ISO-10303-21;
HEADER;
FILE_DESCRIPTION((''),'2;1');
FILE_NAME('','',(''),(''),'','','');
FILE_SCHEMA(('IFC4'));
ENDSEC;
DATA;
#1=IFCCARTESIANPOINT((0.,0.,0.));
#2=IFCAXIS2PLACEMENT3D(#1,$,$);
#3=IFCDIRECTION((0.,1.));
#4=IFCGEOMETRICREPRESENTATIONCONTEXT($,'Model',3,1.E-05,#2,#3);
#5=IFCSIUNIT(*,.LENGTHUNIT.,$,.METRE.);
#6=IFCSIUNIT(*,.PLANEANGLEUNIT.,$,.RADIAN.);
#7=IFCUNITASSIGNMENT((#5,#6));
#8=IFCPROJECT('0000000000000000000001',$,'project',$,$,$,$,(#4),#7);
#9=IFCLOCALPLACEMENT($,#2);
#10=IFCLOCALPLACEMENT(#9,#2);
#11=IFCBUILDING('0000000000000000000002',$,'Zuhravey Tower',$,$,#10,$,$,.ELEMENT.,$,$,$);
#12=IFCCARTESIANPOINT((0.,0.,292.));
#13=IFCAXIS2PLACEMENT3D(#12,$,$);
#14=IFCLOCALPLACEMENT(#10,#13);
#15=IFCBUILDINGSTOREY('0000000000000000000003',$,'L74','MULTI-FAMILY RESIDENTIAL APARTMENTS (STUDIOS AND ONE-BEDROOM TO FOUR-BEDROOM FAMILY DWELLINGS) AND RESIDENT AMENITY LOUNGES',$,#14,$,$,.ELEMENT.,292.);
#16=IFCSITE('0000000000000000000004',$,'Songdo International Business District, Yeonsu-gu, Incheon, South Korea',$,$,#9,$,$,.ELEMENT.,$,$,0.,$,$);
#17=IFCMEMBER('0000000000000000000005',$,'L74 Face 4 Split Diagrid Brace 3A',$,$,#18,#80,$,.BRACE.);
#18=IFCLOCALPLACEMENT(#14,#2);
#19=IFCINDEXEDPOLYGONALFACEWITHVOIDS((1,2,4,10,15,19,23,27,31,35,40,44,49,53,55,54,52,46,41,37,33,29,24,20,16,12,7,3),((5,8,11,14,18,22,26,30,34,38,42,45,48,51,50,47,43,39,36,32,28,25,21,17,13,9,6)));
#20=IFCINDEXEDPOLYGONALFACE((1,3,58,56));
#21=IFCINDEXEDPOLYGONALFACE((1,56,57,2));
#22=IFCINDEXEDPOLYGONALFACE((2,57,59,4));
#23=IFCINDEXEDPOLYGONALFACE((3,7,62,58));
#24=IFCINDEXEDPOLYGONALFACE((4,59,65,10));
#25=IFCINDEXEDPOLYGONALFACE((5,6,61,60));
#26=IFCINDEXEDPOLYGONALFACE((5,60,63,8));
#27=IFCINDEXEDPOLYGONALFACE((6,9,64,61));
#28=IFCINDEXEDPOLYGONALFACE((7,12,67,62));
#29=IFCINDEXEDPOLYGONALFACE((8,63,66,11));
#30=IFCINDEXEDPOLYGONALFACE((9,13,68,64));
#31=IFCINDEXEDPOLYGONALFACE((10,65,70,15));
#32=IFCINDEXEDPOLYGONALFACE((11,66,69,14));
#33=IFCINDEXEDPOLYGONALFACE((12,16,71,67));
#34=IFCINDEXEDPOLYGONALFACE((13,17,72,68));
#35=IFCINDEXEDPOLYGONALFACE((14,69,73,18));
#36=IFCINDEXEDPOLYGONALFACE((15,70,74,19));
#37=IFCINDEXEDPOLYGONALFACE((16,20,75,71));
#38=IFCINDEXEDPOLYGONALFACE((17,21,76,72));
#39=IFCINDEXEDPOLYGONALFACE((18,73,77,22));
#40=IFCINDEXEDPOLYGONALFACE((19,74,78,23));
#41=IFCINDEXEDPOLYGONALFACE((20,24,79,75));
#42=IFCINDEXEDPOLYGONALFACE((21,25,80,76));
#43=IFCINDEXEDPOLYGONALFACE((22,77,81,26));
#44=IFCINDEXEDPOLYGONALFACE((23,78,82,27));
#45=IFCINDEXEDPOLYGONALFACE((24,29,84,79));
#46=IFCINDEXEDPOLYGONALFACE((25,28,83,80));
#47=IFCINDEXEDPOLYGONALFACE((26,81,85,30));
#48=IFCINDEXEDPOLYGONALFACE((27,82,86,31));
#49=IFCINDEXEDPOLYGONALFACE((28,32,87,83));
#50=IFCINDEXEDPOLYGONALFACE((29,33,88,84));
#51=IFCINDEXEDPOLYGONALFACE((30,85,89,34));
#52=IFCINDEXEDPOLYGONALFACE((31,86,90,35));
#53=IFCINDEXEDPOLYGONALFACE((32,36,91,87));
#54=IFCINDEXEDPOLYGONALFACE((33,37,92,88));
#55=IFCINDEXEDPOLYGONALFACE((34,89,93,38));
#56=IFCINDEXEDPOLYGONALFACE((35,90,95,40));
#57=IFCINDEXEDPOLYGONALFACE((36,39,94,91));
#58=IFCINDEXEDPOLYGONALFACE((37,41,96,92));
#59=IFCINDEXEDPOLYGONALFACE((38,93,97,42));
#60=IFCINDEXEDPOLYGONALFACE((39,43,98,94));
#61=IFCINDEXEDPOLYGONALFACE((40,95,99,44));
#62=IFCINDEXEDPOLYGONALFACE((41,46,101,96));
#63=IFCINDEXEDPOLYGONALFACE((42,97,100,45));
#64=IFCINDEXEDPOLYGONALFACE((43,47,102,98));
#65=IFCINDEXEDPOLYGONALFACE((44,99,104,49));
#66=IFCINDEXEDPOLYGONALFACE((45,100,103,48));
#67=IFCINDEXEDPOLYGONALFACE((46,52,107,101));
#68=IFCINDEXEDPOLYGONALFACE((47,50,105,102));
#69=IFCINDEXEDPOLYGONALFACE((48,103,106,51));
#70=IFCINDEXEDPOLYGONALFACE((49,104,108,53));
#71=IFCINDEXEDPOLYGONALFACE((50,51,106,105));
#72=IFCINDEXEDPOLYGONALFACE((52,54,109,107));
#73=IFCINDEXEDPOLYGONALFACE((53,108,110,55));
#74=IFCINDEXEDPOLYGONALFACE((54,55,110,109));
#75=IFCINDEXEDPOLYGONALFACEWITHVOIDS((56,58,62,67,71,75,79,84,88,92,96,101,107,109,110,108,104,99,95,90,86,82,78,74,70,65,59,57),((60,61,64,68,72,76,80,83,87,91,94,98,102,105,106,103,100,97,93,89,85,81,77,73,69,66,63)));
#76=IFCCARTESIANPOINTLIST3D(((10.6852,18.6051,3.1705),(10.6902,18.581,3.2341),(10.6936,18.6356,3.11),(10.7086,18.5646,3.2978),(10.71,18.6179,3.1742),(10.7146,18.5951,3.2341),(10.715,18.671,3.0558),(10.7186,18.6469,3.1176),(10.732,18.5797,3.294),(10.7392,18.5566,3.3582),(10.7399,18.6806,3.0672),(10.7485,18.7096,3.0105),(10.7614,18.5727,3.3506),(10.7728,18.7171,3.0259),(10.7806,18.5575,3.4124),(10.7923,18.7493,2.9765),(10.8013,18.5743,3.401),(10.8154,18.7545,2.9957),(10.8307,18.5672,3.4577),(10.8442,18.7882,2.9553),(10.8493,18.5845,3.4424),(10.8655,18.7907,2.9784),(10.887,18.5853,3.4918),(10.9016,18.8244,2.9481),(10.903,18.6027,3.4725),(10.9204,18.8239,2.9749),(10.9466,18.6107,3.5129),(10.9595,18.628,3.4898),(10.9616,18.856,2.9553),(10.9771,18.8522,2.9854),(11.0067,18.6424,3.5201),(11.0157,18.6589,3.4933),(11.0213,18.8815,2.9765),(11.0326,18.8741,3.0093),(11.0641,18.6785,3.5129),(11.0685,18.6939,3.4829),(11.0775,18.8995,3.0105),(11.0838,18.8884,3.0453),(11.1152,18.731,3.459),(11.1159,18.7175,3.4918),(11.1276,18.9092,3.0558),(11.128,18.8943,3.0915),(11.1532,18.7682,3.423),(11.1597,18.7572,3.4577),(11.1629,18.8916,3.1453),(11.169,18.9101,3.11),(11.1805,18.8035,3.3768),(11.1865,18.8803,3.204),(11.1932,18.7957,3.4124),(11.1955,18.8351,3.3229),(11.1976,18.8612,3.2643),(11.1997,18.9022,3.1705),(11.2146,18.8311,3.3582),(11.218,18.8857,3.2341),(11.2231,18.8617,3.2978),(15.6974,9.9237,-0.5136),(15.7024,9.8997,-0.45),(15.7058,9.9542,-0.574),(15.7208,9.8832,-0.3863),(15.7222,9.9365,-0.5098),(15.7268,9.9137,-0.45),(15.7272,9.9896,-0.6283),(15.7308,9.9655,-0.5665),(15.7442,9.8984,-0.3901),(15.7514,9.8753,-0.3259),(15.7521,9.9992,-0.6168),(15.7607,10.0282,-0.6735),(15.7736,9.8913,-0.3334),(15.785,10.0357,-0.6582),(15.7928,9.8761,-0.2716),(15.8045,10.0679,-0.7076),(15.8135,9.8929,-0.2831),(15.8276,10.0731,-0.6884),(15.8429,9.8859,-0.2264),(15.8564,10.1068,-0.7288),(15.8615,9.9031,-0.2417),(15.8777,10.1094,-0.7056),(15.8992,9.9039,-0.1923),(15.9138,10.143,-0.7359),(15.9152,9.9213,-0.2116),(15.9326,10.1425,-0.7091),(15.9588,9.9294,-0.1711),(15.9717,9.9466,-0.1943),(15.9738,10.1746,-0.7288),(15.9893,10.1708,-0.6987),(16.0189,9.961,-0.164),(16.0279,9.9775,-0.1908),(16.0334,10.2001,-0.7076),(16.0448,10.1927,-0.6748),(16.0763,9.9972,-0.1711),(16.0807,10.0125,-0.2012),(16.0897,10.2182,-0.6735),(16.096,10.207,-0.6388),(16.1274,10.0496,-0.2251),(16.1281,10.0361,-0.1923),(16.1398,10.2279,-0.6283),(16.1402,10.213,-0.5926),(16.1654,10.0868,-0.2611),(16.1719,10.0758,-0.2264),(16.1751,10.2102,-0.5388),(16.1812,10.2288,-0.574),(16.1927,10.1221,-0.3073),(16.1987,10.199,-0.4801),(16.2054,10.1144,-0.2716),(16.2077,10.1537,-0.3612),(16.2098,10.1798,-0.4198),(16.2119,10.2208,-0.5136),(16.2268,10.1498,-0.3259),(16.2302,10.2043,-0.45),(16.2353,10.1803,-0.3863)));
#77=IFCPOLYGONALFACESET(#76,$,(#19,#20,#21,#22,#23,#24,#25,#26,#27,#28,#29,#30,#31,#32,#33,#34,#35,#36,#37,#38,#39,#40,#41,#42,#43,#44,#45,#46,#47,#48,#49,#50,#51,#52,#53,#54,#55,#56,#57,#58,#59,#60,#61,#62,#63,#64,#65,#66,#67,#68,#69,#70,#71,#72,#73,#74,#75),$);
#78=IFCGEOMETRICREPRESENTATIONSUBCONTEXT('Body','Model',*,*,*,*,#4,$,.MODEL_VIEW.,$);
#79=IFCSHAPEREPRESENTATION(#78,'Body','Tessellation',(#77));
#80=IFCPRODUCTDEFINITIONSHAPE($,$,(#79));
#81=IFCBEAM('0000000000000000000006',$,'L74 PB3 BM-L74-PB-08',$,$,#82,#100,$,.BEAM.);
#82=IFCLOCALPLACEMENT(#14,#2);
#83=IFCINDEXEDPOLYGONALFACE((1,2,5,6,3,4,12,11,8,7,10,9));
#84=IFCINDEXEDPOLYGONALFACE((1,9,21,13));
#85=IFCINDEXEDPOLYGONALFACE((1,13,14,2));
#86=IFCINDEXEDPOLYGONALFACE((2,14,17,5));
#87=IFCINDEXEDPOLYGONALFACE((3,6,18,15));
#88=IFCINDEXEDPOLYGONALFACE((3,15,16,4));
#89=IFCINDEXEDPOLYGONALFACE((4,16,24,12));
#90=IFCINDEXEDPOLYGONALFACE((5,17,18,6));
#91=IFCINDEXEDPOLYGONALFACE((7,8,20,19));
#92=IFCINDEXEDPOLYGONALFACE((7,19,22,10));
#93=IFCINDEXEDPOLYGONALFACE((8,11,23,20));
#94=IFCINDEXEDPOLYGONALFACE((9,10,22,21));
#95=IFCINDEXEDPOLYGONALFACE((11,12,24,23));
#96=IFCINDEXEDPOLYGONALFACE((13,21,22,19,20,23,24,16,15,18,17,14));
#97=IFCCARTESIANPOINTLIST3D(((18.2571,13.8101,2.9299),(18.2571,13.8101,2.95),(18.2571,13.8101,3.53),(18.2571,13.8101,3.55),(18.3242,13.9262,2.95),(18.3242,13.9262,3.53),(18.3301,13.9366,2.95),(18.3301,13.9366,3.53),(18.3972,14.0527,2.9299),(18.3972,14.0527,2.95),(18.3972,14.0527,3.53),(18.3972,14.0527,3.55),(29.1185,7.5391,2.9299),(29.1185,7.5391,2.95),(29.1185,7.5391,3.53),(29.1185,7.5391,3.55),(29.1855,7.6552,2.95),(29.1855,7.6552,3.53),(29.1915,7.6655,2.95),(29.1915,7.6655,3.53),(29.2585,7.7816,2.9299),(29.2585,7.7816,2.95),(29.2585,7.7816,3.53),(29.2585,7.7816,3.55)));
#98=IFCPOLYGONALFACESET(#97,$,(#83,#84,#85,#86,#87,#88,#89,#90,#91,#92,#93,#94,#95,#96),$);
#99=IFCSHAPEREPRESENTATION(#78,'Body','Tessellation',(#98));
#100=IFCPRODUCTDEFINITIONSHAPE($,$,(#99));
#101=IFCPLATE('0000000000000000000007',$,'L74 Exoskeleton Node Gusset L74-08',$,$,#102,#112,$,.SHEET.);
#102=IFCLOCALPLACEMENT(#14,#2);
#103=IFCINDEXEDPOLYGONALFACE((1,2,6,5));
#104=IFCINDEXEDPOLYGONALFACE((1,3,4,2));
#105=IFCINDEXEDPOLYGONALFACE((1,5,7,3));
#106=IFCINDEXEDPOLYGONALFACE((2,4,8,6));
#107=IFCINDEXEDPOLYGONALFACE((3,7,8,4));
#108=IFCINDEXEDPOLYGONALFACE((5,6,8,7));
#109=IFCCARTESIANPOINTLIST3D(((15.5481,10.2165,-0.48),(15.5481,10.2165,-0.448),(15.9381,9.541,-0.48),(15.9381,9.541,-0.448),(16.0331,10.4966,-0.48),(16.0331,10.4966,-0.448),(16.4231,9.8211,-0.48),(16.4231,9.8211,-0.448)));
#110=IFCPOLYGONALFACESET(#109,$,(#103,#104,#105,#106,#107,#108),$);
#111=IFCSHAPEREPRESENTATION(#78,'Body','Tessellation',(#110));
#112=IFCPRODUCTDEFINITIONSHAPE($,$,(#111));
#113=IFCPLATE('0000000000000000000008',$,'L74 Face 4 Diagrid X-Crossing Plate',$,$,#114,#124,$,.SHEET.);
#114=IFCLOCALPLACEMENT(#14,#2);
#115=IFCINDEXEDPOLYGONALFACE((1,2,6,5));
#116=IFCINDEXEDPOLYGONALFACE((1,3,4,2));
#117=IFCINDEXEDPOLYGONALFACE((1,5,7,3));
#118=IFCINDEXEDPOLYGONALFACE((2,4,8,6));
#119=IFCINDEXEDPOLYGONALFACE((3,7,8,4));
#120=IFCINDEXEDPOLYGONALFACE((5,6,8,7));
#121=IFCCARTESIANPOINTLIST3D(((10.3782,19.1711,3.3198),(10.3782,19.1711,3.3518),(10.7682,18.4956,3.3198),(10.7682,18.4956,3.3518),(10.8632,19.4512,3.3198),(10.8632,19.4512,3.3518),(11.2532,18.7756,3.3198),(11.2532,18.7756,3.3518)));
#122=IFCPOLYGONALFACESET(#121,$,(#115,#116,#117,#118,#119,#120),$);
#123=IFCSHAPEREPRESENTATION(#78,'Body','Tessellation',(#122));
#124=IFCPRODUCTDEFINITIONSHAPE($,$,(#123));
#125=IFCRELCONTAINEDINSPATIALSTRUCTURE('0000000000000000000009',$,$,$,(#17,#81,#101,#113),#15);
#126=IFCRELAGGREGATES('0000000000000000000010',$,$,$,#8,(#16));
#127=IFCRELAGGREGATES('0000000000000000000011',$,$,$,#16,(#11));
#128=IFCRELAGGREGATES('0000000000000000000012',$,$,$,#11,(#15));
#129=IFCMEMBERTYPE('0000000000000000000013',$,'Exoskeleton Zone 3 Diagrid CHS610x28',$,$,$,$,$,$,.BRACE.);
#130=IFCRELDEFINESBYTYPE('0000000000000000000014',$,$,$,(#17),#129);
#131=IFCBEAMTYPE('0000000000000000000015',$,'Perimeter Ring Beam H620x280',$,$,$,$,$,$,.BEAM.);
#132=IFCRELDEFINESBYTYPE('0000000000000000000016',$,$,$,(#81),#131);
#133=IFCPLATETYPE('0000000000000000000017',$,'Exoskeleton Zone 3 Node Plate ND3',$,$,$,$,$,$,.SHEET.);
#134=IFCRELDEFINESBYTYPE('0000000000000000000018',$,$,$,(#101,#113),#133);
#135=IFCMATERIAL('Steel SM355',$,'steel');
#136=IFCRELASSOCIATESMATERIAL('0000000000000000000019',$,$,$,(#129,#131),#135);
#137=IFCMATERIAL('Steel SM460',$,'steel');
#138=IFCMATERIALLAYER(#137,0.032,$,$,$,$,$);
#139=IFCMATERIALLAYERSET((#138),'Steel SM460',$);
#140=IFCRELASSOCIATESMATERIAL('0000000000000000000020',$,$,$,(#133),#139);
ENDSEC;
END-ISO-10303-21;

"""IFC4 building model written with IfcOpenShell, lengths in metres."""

from ifc_helpers import new_model, si_unit, direction, frame, origin, origin_2d, place, context, subcontext, project, spatial, rectangle, hollow_circle, i_section, extrude, material, layer, layer_set, material_profile, profile_set, type_object, element, save


model = new_model("IFC4")

# Units and contexts
model_context = context("Model", 3, precision=1e-05, world=origin(), true_north=direction((0.0, 1.0)))
body_context = subcontext(model_context, "Body", "Model", "MODEL_VIEW")
ifc_project = project(units=[si_unit("LENGTHUNIT", "METRE"), si_unit("PLANEANGLEUNIT", "RADIAN")], contexts=[model_context])

# Site, building, storey
site_placement = place(None, origin())
site = spatial("IfcSite", under=ifc_project, at=site_placement, Name="Songdo International Business District, Yeonsu-gu, Incheon, South Korea", CompositionType="ELEMENT", RefElevation=0.0)
building_placement = place(site_placement, origin())
building = spatial("IfcBuilding", under=site, at=building_placement, Name="Zuhravey Tower", CompositionType="ELEMENT")
storey_placement = place(building_placement, frame((0.0, 0.0, 292.0)))
storey = spatial("IfcBuildingStorey", under=building, at=storey_placement, Name="L74", Description="MULTI-FAMILY RESIDENTIAL APARTMENTS (STUDIOS AND ONE-BEDROOM TO FOUR-BEDROOM FAMILY DWELLINGS) AND RESIDENT AMENITY LOUNGES", CompositionType="ELEMENT", Elevation=292.0)

# Member
ifc_material_1 = material(Name="Steel SM355", Category="steel")
ifc_material_profile_1 = material_profile(ifc_material_1, hollow_circle(Radius=0.3047, WallThickness=0.0281, at=origin_2d()), Name="CHS-609.6x28")
ifc_profile_set_1 = profile_set([ifc_material_profile_1], Name="Steel SM355")
member_type_1 = type_object("IfcMemberType", Name="Exoskeleton Zone 3 Diagrid CHS610x28", PredefinedType="BRACE", material=ifc_profile_set_1)
member_1_placement = place(storey_placement, frame((15.9663, 10.052, -0.45), z_axis=(-0.46931, 0.812869, 0.344953), x_axis=(-0.866025, -0.5, 0.0)))
element("IfcMember", 1, at=member_1_placement, inside=storey, type_object=member_type_1, Name="L74 Face 4 Split Diagrid Brace 3A", PredefinedType="BRACE", context=body_context, shape_type="SweptSolid", body=[
    extrude(hollow_circle(Radius=0.3047, WallThickness=0.0281, at=origin_2d()), origin(), (0.0, 0.0, 1.0), 10.6799),
])

# Beam
ifc_material_profile_2 = material_profile(ifc_material_1, i_section(OverallWidth=0.28, OverallDepth=0.6201, WebThickness=0.012, FlangeThickness=0.02, at=origin_2d()), Name="H-620x280x12x20")
ifc_profile_set_2 = profile_set([ifc_material_profile_2], Name="Steel SM355")
beam_type = type_object("IfcBeamType", Name="Perimeter Ring Beam H620x280", PredefinedType="BEAM", material=ifc_profile_set_2)
beam_placement = place(storey_placement, frame((18.3271, 13.9314, 3.24), z_axis=(0.866018, -0.500012, 0.0), x_axis=(0.500012, 0.866018, 0.0)))
element("IfcBeam", 2, at=beam_placement, inside=storey, type_object=beam_type, Name="L74 PB3 BM-L74-PB-08", PredefinedType="BEAM", context=body_context, shape_type="SweptSolid", body=[
    extrude(i_section(OverallWidth=0.28, OverallDepth=0.6201, WebThickness=0.012, FlangeThickness=0.02, at=origin_2d()), origin(), (0.0, 0.0, 1.0), 12.5417),
])

# Plates
ifc_material_2 = material(Name="Steel SM460", Category="steel")
ifc_layer_1 = layer(ifc_material_2, 0.032)
ifc_layer_set_1 = layer_set([ifc_layer_1], Name="Steel SM460")
plate_type_1 = type_object("IfcPlateType", Name="Exoskeleton Zone 3 Node Plate ND3", PredefinedType="SHEET", material=ifc_layer_set_1)
for number, where, z_axis, x_axis, name in (
    (3, (15.9856, 10.0188, -0.48), (0.0, 0.0, 1.0), (0.5, -0.866025, 0.0), "L74 Exoskeleton Node Gusset L74-08"),
    (4, (10.8157, 18.9734, 3.3198), (0.0, 0.0, 1.0), (0.5, -0.866025, 0.0), "L74 Face 4 Diagrid X-Crossing Plate"),
):
    element("IfcPlate", number, at=place(storey_placement, frame(where, z_axis=z_axis, x_axis=x_axis)), inside=storey, type_object=plate_type_1, Name=name, PredefinedType="SHEET", context=body_context, shape_type="SweptSolid", body=[
        extrude(rectangle(XDim=0.78, YDim=0.5601, at=origin_2d()), origin(), (0.0, 0.0, 1.0), 0.032),
    ])

save(model, "model.ifc")
